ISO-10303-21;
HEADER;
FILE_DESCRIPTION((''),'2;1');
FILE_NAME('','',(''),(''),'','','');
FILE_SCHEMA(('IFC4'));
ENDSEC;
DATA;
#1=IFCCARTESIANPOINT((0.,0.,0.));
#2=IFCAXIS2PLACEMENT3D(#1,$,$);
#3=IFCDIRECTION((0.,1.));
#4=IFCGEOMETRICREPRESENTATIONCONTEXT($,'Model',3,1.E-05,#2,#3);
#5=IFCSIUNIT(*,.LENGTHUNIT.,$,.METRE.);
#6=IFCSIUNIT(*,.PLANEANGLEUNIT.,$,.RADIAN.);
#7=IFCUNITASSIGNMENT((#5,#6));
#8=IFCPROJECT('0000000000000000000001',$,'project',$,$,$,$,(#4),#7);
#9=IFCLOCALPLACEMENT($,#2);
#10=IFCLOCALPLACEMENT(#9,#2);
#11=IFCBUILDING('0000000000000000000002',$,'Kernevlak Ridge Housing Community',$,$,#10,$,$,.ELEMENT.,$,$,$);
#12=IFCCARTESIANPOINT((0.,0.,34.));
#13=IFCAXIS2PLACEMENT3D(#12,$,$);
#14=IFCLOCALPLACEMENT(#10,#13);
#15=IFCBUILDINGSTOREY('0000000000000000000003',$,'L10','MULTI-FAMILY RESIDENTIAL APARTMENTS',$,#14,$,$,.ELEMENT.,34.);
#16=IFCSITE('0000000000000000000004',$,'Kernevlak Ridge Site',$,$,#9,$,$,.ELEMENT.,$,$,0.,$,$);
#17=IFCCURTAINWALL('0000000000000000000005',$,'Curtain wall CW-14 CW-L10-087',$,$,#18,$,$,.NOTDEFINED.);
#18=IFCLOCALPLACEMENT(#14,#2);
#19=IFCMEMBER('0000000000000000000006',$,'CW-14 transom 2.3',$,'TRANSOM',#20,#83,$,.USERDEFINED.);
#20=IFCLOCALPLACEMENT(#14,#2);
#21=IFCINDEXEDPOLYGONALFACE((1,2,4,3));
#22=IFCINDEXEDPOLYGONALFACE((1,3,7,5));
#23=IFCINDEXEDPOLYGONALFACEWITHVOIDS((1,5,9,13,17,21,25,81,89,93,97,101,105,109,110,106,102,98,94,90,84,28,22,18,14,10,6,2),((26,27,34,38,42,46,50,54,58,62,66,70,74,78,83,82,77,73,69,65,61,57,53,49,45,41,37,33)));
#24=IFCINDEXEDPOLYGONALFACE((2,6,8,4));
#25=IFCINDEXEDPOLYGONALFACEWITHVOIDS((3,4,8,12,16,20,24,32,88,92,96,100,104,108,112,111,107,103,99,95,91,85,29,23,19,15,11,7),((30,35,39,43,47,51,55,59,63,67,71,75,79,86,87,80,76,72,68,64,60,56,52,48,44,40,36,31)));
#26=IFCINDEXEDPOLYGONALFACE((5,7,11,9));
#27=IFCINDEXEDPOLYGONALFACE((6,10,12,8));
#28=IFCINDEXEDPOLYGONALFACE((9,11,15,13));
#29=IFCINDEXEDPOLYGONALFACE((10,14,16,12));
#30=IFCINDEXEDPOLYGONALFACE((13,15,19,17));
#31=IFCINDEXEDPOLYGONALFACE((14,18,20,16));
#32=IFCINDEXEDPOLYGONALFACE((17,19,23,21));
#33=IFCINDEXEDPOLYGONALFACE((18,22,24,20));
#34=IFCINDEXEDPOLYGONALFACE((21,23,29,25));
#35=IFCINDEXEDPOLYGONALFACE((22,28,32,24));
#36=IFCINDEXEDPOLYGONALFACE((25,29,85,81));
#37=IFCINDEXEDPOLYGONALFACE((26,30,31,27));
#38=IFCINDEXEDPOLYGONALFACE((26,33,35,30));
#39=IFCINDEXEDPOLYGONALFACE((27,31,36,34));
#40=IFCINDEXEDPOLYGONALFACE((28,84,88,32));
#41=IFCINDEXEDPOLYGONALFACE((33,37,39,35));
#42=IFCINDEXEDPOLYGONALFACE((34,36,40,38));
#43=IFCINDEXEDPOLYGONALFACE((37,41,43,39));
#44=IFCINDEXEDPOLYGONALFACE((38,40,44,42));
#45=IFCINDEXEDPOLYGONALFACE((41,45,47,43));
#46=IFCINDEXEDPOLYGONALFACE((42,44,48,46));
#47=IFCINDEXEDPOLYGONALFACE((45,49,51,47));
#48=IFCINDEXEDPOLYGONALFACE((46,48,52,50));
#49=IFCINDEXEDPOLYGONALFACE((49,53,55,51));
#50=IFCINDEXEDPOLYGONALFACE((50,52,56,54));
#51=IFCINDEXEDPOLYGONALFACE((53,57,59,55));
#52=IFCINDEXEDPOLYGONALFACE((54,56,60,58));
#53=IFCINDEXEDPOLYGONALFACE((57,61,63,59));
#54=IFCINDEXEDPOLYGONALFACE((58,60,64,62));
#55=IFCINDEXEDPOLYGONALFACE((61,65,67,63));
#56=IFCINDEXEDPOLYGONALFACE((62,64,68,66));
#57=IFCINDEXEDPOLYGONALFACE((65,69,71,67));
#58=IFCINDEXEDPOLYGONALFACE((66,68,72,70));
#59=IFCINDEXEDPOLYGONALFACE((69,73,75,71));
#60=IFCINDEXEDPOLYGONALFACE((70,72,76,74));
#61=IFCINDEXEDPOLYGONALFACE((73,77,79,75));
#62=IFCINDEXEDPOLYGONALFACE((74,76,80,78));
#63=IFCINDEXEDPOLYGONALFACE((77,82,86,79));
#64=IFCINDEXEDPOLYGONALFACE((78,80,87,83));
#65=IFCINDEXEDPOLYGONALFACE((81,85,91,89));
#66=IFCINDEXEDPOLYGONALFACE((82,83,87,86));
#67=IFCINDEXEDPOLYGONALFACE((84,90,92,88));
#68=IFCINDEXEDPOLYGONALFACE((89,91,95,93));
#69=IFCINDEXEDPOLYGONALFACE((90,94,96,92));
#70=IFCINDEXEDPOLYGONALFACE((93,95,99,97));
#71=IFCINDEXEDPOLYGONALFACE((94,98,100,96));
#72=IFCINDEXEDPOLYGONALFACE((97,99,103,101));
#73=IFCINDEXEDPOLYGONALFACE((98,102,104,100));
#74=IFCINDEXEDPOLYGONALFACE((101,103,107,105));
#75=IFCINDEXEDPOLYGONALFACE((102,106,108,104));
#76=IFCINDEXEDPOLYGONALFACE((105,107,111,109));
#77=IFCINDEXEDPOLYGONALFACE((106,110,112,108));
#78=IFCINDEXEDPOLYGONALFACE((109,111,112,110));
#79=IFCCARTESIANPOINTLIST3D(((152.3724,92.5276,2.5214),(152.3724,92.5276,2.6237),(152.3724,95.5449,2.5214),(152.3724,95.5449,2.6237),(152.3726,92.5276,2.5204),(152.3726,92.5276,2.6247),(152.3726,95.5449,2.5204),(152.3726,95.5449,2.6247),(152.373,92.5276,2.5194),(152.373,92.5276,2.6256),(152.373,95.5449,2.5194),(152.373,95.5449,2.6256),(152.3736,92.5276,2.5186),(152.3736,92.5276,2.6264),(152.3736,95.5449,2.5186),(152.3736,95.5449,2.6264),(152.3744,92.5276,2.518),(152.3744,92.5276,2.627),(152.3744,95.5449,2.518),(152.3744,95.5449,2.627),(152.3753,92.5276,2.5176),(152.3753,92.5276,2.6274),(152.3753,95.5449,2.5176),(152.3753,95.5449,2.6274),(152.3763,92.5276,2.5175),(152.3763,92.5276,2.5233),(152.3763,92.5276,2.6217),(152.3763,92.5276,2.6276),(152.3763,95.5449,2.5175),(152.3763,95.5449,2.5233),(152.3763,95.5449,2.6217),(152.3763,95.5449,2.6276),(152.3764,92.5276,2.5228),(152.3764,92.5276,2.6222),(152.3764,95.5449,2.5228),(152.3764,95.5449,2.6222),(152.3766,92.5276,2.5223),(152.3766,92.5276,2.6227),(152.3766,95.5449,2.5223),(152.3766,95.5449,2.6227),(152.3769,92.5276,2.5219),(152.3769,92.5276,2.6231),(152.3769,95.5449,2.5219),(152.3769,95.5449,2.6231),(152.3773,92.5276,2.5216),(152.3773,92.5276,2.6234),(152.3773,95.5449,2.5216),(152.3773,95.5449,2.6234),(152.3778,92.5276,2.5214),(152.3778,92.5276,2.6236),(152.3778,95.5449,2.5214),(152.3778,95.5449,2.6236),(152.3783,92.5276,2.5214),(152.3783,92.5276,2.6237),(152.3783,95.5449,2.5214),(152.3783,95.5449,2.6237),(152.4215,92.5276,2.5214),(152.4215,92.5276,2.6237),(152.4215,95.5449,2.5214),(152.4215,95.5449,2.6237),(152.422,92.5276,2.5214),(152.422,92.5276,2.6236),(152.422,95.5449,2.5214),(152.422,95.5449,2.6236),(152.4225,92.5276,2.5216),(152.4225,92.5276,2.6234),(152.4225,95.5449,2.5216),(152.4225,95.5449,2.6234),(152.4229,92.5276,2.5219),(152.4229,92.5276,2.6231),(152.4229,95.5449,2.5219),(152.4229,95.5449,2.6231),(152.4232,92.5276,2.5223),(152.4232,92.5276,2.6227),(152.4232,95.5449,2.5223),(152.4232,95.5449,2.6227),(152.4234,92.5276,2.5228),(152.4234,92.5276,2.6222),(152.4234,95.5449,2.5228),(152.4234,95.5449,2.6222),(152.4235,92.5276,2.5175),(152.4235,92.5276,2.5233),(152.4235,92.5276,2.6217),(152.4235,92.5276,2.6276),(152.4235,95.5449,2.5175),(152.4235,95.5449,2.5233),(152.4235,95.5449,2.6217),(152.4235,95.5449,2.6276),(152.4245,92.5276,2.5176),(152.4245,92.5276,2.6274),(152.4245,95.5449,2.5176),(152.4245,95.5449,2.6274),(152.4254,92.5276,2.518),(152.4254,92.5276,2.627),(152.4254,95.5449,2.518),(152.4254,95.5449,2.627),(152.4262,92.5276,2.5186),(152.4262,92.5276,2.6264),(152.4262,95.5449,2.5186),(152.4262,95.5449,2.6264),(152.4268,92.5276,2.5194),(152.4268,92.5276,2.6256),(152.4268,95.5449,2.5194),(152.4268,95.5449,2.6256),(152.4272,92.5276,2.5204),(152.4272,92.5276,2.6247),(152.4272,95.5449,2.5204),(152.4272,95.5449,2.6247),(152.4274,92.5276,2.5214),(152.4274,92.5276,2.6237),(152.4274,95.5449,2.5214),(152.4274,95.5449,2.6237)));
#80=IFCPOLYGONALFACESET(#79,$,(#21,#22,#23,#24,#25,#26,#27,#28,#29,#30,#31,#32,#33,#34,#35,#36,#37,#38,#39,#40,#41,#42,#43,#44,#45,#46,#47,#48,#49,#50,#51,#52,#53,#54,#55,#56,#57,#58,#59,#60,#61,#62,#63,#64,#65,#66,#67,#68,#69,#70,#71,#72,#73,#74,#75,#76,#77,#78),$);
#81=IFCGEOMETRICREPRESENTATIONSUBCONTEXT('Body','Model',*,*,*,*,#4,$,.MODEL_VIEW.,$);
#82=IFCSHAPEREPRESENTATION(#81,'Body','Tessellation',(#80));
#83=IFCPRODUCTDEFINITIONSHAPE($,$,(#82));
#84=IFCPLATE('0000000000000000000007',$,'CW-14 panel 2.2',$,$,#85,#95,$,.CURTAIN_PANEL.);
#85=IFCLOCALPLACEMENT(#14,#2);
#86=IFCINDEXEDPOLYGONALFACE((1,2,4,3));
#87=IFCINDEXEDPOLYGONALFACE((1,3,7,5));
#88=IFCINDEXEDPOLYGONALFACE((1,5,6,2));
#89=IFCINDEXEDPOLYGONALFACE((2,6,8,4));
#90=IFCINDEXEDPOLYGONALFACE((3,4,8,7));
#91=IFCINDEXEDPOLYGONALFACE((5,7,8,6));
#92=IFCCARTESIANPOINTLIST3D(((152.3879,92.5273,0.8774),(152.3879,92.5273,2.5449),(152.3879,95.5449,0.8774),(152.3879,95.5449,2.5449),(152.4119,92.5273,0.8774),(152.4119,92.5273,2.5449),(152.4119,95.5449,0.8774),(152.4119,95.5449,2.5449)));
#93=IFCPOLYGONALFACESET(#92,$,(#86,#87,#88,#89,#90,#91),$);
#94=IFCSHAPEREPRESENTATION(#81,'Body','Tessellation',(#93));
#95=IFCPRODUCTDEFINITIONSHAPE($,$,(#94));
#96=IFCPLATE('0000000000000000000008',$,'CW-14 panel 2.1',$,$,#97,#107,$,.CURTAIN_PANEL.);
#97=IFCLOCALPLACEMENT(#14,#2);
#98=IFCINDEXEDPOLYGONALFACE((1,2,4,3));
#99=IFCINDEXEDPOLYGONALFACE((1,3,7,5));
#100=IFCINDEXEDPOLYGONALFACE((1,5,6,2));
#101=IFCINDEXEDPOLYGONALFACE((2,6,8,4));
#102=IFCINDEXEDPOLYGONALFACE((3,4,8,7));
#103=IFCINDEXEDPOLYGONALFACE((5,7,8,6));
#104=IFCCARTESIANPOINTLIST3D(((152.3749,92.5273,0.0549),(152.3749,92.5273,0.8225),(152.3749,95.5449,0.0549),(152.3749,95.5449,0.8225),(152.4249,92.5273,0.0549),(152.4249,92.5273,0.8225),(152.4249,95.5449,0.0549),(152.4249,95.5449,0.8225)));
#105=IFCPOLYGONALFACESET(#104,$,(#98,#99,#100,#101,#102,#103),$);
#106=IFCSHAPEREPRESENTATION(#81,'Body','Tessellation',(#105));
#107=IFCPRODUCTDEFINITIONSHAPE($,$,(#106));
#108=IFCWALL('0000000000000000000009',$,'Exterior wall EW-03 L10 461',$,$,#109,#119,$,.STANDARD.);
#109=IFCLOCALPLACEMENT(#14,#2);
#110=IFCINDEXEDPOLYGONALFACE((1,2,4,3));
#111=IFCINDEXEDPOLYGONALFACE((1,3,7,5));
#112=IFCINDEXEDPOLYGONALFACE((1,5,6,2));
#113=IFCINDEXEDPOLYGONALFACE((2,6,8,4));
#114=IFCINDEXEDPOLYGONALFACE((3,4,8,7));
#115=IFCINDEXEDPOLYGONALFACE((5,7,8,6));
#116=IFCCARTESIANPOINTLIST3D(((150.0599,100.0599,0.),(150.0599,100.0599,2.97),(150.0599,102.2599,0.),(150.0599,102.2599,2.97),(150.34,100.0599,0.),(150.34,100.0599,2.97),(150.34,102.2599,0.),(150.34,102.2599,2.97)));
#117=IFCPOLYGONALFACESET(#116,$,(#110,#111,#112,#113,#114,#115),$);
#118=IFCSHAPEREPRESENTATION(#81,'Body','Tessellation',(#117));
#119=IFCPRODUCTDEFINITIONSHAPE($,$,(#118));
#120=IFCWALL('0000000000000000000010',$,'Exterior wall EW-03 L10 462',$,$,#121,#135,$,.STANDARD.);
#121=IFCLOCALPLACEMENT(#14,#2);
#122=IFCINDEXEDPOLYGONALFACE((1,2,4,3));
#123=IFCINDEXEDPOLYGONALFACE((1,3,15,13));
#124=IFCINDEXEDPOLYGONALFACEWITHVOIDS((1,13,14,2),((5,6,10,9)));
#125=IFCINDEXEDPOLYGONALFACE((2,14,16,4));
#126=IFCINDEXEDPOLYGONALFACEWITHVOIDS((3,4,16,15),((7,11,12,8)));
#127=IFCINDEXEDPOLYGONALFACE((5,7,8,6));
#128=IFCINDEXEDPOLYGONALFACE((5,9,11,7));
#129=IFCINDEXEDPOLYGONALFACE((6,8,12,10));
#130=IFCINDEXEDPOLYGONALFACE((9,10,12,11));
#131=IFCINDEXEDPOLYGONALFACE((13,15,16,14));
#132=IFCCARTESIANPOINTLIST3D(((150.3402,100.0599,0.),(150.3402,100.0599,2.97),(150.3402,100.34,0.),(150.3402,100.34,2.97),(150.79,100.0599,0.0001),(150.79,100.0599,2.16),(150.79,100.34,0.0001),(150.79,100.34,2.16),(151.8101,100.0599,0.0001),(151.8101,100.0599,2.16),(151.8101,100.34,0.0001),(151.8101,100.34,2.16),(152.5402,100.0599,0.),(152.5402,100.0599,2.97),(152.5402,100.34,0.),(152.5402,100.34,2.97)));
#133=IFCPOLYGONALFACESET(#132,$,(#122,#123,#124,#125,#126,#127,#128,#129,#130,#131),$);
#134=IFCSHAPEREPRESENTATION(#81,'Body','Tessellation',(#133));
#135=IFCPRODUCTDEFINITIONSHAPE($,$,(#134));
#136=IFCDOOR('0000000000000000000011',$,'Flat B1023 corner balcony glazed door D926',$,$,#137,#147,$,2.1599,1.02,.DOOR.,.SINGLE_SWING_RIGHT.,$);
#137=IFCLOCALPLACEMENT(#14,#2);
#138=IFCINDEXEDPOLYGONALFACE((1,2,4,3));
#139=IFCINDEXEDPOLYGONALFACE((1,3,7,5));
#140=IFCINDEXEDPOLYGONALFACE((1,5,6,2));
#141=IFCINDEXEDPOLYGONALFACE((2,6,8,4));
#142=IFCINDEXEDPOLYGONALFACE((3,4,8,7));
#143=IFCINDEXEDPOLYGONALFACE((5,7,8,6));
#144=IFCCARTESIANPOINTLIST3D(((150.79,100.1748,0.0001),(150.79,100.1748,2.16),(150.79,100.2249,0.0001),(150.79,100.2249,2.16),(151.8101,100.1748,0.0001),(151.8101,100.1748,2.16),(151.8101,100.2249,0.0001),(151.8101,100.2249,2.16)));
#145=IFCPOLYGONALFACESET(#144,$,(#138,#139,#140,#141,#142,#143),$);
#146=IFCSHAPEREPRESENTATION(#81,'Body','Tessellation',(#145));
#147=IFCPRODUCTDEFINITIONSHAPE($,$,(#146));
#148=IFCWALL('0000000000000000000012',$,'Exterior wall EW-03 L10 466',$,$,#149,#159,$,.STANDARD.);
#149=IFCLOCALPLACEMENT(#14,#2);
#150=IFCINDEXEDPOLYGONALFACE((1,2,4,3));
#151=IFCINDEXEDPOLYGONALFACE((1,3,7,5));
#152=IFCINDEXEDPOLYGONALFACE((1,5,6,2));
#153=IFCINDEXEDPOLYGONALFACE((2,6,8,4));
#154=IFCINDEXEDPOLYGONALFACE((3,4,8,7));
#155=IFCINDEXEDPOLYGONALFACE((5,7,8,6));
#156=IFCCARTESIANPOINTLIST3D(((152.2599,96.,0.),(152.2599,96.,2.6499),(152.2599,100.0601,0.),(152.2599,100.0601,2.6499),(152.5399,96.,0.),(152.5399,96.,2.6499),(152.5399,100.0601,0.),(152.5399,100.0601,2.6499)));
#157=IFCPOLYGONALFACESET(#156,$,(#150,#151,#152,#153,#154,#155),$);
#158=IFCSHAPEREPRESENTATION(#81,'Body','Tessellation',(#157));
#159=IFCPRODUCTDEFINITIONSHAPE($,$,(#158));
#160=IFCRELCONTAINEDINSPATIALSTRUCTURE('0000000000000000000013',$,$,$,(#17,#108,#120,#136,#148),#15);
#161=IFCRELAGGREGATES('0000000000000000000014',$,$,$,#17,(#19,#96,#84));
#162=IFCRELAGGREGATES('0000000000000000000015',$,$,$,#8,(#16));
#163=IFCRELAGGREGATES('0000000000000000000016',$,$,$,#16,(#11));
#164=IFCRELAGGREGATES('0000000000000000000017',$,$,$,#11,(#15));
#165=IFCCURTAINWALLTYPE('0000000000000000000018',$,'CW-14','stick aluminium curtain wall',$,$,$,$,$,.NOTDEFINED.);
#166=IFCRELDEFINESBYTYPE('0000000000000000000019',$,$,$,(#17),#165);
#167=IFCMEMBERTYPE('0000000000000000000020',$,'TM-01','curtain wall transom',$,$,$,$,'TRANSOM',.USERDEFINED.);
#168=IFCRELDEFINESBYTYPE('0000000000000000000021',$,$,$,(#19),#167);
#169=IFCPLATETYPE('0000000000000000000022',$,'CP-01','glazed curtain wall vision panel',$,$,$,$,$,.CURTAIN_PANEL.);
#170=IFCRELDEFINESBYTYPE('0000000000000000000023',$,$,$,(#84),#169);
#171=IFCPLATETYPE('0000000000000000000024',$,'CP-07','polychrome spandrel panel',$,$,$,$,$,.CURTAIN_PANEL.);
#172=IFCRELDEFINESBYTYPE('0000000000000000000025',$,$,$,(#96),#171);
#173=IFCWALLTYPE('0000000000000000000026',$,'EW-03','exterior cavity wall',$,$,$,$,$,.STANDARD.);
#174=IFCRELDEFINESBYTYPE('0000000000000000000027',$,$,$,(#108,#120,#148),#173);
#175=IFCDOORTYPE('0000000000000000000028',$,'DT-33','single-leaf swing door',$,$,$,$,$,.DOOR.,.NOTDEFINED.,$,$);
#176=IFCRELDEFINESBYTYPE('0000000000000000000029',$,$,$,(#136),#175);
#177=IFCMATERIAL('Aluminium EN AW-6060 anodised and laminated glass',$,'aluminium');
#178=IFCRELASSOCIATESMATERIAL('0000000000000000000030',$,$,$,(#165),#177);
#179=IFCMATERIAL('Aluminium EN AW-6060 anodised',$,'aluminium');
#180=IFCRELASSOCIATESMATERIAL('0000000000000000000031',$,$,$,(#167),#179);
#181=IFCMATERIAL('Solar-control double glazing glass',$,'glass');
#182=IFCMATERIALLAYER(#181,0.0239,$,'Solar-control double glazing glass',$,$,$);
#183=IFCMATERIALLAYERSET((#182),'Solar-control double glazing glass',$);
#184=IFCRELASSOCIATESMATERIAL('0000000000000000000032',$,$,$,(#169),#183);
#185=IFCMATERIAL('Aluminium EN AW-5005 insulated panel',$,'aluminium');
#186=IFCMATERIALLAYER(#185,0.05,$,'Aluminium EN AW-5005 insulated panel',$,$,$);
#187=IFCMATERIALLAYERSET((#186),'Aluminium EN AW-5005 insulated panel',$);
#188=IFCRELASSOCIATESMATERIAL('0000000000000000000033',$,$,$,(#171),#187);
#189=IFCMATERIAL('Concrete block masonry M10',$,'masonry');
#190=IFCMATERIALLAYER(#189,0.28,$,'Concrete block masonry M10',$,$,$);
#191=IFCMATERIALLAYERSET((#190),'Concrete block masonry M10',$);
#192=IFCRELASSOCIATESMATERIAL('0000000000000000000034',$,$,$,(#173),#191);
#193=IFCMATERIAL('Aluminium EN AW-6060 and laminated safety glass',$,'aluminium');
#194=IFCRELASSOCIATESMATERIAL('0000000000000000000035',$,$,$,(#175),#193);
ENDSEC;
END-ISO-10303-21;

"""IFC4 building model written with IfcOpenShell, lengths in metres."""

from ifc_helpers import new_model, si_unit, direction, frame, frame_2d, origin, origin_2d, place, context, subcontext, project, spatial, rectangle, hollow_rectangle, extrude, material, layer, layer_set, material_profile, profile_set, type_object, element, fill, aggregate, save


model = new_model("IFC4")

# Units and contexts
model_context = context("Model", 3, precision=1e-05, world=origin(), true_north=direction((0.0, 1.0)))
body_context = subcontext(model_context, "Body", "Model", "MODEL_VIEW")
ifc_project = project(units=[si_unit("LENGTHUNIT", "METRE"), si_unit("PLANEANGLEUNIT", "RADIAN")], contexts=[model_context])

# Site, building, storey
site_placement = place(None, origin())
site = spatial("IfcSite", under=ifc_project, at=site_placement, Name="Kernevlak Ridge Site", CompositionType="ELEMENT", RefElevation=0.0)
building_placement = place(site_placement, origin())
building = spatial("IfcBuilding", under=site, at=building_placement, Name="Kernevlak Ridge Housing Community", CompositionType="ELEMENT")
storey_placement = place(building_placement, frame((0.0, 0.0, 34.0)))
storey = spatial("IfcBuildingStorey", under=building, at=storey_placement, Name="L10", Description="MULTI-FAMILY RESIDENTIAL APARTMENTS", CompositionType="ELEMENT", Elevation=34.0)

# Curtain wall
ifc_material_1 = material(Name="Aluminium EN AW-6060 anodised and laminated glass", Category="aluminium")
curtain_wall_type = type_object("IfcCurtainWallType", Name="CW-14", Description="stick aluminium curtain wall", PredefinedType="NOTDEFINED", material=ifc_material_1)
curtain_wall_placement = place(storey_placement, origin())
curtain_wall = element("IfcCurtainWall", 1, at=curtain_wall_placement, inside=storey, type_object=curtain_wall_type, Name="Curtain wall CW-14 CW-L10-087", PredefinedType="NOTDEFINED")
ifc_material_2 = material(Name="Aluminium EN AW-6060 anodised", Category="aluminium")

# Member
ifc_material_profile_1 = material_profile(ifc_material_2, hollow_rectangle(XDim=0.0549, YDim=0.1101, WallThickness=0.0039, InnerFilletRadius=0.002, OuterFilletRadius=0.0039, at=origin_2d()), Name="ALU 55x110x4")
ifc_profile_set_1 = profile_set([ifc_material_profile_1], Name="Aluminium EN AW-6060 anodised")
member_type_1 = type_object("IfcMemberType", Name="TM-01", Description="curtain wall transom", ElementType="TRANSOM", PredefinedType="USERDEFINED", material=ifc_profile_set_1)
member_1_placement = place(storey_placement, frame((152.3999, 92.5276, 2.5725), z_axis=(0.0, 1.0, 0.0), x_axis=(-1.0, 0.0, 0.0)))
member_1 = element("IfcMember", 2, at=member_1_placement, type_object=member_type_1, Name="CW-14 transom 2.3", ObjectType="TRANSOM", PredefinedType="USERDEFINED", context=body_context, shape_type="SweptSolid", body=[
    extrude(hollow_rectangle(XDim=0.0549, YDim=0.1101, WallThickness=0.0039, InnerFilletRadius=0.002, OuterFilletRadius=0.0039, at=origin_2d()), origin(), (0.0, 0.0, 1.0), 3.0173),
])

# Plates
ifc_material_3 = material(Name="Solar-control double glazing glass", Category="glass")
ifc_layer_1 = layer(ifc_material_3, 0.0239, Name="Solar-control double glazing glass")
ifc_layer_set_1 = layer_set([ifc_layer_1], Name="Solar-control double glazing glass")
plate_type_1 = type_object("IfcPlateType", Name="CP-01", Description="glazed curtain wall vision panel", PredefinedType="CURTAIN_PANEL", material=ifc_layer_set_1)
plate_1_placement = place(storey_placement, frame((152.3999, 94.0361, 0.8774), z_axis=(0.0, 0.0, 1.0), x_axis=(0.0, 1.0, 0.0)))
plate_1 = element("IfcPlate", 3, at=plate_1_placement, type_object=plate_type_1, Name="CW-14 panel 2.2", PredefinedType="CURTAIN_PANEL", context=body_context, shape_type="SweptSolid", body=[
    extrude(rectangle(XDim=3.0176, YDim=0.0239, at=origin_2d()), origin(), (0.0, 0.0, 1.0), 1.6675),
])
ifc_material_4 = material(Name="Aluminium EN AW-5005 insulated panel", Category="aluminium")
ifc_layer_2 = layer(ifc_material_4, 0.05, Name="Aluminium EN AW-5005 insulated panel")
ifc_layer_set_2 = layer_set([ifc_layer_2], Name="Aluminium EN AW-5005 insulated panel")
plate_type_2 = type_object("IfcPlateType", Name="CP-07", Description="polychrome spandrel panel", PredefinedType="CURTAIN_PANEL", material=ifc_layer_set_2)
plate_2_placement = place(storey_placement, frame((152.3999, 94.0361, 0.0549), z_axis=(0.0, 0.0, 1.0), x_axis=(0.0, 1.0, 0.0)))
plate_2 = element("IfcPlate", 4, at=plate_2_placement, type_object=plate_type_2, Name="CW-14 panel 2.1", PredefinedType="CURTAIN_PANEL", context=body_context, shape_type="SweptSolid", body=[
    extrude(rectangle(XDim=3.0176, YDim=0.05, at=origin_2d()), origin(), (0.0, 0.0, 1.0), 0.7676),
])
aggregate(curtain_wall, [member_1, plate_2, plate_1])

# Wall
ifc_material_5 = material(Name="Concrete block masonry M10", Category="masonry")
ifc_layer_3 = layer(ifc_material_5, 0.28, Name="Concrete block masonry M10")
ifc_layer_set_3 = layer_set([ifc_layer_3], Name="Concrete block masonry M10")
wall_type_1 = type_object("IfcWallType", Name="EW-03", Description="exterior cavity wall", PredefinedType="STANDARD", material=ifc_layer_set_3)
wall_1_placement = place(storey_placement, frame((150.2, 102.26, 0.0), z_axis=(0.0, 0.0, 1.0), x_axis=(0.0, -1.0, 0.0)))
element("IfcWall", 5, at=wall_1_placement, inside=storey, type_object=wall_type_1, Name="Exterior wall EW-03 L10 461", PredefinedType="STANDARD", context=body_context, shape_type="SweptSolid", body=[
    extrude(rectangle(XDim=2.2, YDim=0.28, at=frame_2d((1.1001, 0.0))), origin(), (0.0, 0.0, 1.0), 2.97),
])

# Wall, opening, door
wall_2_placement = place(storey_placement, frame((150.3401, 100.2, 0.0), z_axis=(0.0, 0.0, 1.0), x_axis=(1.0, 0.0, 0.0)))
wall_2 = element("IfcWall", 6, at=wall_2_placement, inside=storey, type_object=wall_type_1, Name="Exterior wall EW-03 L10 462", PredefinedType="STANDARD", context=body_context, shape_type="SweptSolid", body=[
    extrude(rectangle(XDim=2.2, YDim=0.28, at=frame_2d((1.1001, 0.0))), origin(), (0.0, 0.0, 1.0), 2.97),
])
opening_1_placement = place(wall_2_placement, frame((0.45, 0.0, 0.0)))
opening_1 = element("IfcOpeningElement", 7, at=opening_1_placement, cuts=wall_2, PredefinedType="OPENING", context=body_context, shape_type="SweptSolid", body=[
    extrude(rectangle(XDim=1.02, YDim=2.1599, at=frame_2d((0.51, 1.0801))), frame((0.0, 0.1499, 0.0), z_axis=(0.0, -1.0, 0.0), x_axis=(1.0, 0.0, 0.0)), (0.0, 0.0, 1.0), 0.3),
])
ifc_material_6 = material(Name="Aluminium EN AW-6060 and laminated safety glass", Category="aluminium")
door_type_1 = type_object("IfcDoorType", Name="DT-33", Description="single-leaf swing door", OperationType="NOTDEFINED", PredefinedType="DOOR", material=ifc_material_6)
door_1_placement = place(opening_1_placement, origin())
door_1 = element("IfcDoor", 8, at=door_1_placement, inside=storey, type_object=door_type_1, Name="Flat B1023 corner balcony glazed door D926", OperationType="SINGLE_SWING_RIGHT", OverallHeight=2.1599, OverallWidth=1.02, PredefinedType="DOOR", context=body_context, shape_type="SweptSolid", body=[
    extrude(rectangle(XDim=1.02, YDim=2.1599, at=frame_2d((0.51, 1.0801))), frame((0.0, 0.0249, 0.0), z_axis=(0.0, -1.0, 0.0), x_axis=(1.0, 0.0, 0.0)), (0.0, 0.0, 1.0), 0.05),
])
fill(opening_1, door_1)

# Wall
wall_3_placement = place(storey_placement, frame((152.3999, 96.0, 0.0), z_axis=(0.0, 0.0, 1.0), x_axis=(0.0, 1.0, 0.0)))
element("IfcWall", 9, at=wall_3_placement, inside=storey, type_object=wall_type_1, Name="Exterior wall EW-03 L10 466", PredefinedType="STANDARD", context=body_context, shape_type="SweptSolid", body=[
    extrude(rectangle(XDim=4.0601, YDim=0.28, at=frame_2d((2.03, 0.0))), origin(), (0.0, 0.0, 1.0), 2.6499),
])

save(model, "model.ifc")
